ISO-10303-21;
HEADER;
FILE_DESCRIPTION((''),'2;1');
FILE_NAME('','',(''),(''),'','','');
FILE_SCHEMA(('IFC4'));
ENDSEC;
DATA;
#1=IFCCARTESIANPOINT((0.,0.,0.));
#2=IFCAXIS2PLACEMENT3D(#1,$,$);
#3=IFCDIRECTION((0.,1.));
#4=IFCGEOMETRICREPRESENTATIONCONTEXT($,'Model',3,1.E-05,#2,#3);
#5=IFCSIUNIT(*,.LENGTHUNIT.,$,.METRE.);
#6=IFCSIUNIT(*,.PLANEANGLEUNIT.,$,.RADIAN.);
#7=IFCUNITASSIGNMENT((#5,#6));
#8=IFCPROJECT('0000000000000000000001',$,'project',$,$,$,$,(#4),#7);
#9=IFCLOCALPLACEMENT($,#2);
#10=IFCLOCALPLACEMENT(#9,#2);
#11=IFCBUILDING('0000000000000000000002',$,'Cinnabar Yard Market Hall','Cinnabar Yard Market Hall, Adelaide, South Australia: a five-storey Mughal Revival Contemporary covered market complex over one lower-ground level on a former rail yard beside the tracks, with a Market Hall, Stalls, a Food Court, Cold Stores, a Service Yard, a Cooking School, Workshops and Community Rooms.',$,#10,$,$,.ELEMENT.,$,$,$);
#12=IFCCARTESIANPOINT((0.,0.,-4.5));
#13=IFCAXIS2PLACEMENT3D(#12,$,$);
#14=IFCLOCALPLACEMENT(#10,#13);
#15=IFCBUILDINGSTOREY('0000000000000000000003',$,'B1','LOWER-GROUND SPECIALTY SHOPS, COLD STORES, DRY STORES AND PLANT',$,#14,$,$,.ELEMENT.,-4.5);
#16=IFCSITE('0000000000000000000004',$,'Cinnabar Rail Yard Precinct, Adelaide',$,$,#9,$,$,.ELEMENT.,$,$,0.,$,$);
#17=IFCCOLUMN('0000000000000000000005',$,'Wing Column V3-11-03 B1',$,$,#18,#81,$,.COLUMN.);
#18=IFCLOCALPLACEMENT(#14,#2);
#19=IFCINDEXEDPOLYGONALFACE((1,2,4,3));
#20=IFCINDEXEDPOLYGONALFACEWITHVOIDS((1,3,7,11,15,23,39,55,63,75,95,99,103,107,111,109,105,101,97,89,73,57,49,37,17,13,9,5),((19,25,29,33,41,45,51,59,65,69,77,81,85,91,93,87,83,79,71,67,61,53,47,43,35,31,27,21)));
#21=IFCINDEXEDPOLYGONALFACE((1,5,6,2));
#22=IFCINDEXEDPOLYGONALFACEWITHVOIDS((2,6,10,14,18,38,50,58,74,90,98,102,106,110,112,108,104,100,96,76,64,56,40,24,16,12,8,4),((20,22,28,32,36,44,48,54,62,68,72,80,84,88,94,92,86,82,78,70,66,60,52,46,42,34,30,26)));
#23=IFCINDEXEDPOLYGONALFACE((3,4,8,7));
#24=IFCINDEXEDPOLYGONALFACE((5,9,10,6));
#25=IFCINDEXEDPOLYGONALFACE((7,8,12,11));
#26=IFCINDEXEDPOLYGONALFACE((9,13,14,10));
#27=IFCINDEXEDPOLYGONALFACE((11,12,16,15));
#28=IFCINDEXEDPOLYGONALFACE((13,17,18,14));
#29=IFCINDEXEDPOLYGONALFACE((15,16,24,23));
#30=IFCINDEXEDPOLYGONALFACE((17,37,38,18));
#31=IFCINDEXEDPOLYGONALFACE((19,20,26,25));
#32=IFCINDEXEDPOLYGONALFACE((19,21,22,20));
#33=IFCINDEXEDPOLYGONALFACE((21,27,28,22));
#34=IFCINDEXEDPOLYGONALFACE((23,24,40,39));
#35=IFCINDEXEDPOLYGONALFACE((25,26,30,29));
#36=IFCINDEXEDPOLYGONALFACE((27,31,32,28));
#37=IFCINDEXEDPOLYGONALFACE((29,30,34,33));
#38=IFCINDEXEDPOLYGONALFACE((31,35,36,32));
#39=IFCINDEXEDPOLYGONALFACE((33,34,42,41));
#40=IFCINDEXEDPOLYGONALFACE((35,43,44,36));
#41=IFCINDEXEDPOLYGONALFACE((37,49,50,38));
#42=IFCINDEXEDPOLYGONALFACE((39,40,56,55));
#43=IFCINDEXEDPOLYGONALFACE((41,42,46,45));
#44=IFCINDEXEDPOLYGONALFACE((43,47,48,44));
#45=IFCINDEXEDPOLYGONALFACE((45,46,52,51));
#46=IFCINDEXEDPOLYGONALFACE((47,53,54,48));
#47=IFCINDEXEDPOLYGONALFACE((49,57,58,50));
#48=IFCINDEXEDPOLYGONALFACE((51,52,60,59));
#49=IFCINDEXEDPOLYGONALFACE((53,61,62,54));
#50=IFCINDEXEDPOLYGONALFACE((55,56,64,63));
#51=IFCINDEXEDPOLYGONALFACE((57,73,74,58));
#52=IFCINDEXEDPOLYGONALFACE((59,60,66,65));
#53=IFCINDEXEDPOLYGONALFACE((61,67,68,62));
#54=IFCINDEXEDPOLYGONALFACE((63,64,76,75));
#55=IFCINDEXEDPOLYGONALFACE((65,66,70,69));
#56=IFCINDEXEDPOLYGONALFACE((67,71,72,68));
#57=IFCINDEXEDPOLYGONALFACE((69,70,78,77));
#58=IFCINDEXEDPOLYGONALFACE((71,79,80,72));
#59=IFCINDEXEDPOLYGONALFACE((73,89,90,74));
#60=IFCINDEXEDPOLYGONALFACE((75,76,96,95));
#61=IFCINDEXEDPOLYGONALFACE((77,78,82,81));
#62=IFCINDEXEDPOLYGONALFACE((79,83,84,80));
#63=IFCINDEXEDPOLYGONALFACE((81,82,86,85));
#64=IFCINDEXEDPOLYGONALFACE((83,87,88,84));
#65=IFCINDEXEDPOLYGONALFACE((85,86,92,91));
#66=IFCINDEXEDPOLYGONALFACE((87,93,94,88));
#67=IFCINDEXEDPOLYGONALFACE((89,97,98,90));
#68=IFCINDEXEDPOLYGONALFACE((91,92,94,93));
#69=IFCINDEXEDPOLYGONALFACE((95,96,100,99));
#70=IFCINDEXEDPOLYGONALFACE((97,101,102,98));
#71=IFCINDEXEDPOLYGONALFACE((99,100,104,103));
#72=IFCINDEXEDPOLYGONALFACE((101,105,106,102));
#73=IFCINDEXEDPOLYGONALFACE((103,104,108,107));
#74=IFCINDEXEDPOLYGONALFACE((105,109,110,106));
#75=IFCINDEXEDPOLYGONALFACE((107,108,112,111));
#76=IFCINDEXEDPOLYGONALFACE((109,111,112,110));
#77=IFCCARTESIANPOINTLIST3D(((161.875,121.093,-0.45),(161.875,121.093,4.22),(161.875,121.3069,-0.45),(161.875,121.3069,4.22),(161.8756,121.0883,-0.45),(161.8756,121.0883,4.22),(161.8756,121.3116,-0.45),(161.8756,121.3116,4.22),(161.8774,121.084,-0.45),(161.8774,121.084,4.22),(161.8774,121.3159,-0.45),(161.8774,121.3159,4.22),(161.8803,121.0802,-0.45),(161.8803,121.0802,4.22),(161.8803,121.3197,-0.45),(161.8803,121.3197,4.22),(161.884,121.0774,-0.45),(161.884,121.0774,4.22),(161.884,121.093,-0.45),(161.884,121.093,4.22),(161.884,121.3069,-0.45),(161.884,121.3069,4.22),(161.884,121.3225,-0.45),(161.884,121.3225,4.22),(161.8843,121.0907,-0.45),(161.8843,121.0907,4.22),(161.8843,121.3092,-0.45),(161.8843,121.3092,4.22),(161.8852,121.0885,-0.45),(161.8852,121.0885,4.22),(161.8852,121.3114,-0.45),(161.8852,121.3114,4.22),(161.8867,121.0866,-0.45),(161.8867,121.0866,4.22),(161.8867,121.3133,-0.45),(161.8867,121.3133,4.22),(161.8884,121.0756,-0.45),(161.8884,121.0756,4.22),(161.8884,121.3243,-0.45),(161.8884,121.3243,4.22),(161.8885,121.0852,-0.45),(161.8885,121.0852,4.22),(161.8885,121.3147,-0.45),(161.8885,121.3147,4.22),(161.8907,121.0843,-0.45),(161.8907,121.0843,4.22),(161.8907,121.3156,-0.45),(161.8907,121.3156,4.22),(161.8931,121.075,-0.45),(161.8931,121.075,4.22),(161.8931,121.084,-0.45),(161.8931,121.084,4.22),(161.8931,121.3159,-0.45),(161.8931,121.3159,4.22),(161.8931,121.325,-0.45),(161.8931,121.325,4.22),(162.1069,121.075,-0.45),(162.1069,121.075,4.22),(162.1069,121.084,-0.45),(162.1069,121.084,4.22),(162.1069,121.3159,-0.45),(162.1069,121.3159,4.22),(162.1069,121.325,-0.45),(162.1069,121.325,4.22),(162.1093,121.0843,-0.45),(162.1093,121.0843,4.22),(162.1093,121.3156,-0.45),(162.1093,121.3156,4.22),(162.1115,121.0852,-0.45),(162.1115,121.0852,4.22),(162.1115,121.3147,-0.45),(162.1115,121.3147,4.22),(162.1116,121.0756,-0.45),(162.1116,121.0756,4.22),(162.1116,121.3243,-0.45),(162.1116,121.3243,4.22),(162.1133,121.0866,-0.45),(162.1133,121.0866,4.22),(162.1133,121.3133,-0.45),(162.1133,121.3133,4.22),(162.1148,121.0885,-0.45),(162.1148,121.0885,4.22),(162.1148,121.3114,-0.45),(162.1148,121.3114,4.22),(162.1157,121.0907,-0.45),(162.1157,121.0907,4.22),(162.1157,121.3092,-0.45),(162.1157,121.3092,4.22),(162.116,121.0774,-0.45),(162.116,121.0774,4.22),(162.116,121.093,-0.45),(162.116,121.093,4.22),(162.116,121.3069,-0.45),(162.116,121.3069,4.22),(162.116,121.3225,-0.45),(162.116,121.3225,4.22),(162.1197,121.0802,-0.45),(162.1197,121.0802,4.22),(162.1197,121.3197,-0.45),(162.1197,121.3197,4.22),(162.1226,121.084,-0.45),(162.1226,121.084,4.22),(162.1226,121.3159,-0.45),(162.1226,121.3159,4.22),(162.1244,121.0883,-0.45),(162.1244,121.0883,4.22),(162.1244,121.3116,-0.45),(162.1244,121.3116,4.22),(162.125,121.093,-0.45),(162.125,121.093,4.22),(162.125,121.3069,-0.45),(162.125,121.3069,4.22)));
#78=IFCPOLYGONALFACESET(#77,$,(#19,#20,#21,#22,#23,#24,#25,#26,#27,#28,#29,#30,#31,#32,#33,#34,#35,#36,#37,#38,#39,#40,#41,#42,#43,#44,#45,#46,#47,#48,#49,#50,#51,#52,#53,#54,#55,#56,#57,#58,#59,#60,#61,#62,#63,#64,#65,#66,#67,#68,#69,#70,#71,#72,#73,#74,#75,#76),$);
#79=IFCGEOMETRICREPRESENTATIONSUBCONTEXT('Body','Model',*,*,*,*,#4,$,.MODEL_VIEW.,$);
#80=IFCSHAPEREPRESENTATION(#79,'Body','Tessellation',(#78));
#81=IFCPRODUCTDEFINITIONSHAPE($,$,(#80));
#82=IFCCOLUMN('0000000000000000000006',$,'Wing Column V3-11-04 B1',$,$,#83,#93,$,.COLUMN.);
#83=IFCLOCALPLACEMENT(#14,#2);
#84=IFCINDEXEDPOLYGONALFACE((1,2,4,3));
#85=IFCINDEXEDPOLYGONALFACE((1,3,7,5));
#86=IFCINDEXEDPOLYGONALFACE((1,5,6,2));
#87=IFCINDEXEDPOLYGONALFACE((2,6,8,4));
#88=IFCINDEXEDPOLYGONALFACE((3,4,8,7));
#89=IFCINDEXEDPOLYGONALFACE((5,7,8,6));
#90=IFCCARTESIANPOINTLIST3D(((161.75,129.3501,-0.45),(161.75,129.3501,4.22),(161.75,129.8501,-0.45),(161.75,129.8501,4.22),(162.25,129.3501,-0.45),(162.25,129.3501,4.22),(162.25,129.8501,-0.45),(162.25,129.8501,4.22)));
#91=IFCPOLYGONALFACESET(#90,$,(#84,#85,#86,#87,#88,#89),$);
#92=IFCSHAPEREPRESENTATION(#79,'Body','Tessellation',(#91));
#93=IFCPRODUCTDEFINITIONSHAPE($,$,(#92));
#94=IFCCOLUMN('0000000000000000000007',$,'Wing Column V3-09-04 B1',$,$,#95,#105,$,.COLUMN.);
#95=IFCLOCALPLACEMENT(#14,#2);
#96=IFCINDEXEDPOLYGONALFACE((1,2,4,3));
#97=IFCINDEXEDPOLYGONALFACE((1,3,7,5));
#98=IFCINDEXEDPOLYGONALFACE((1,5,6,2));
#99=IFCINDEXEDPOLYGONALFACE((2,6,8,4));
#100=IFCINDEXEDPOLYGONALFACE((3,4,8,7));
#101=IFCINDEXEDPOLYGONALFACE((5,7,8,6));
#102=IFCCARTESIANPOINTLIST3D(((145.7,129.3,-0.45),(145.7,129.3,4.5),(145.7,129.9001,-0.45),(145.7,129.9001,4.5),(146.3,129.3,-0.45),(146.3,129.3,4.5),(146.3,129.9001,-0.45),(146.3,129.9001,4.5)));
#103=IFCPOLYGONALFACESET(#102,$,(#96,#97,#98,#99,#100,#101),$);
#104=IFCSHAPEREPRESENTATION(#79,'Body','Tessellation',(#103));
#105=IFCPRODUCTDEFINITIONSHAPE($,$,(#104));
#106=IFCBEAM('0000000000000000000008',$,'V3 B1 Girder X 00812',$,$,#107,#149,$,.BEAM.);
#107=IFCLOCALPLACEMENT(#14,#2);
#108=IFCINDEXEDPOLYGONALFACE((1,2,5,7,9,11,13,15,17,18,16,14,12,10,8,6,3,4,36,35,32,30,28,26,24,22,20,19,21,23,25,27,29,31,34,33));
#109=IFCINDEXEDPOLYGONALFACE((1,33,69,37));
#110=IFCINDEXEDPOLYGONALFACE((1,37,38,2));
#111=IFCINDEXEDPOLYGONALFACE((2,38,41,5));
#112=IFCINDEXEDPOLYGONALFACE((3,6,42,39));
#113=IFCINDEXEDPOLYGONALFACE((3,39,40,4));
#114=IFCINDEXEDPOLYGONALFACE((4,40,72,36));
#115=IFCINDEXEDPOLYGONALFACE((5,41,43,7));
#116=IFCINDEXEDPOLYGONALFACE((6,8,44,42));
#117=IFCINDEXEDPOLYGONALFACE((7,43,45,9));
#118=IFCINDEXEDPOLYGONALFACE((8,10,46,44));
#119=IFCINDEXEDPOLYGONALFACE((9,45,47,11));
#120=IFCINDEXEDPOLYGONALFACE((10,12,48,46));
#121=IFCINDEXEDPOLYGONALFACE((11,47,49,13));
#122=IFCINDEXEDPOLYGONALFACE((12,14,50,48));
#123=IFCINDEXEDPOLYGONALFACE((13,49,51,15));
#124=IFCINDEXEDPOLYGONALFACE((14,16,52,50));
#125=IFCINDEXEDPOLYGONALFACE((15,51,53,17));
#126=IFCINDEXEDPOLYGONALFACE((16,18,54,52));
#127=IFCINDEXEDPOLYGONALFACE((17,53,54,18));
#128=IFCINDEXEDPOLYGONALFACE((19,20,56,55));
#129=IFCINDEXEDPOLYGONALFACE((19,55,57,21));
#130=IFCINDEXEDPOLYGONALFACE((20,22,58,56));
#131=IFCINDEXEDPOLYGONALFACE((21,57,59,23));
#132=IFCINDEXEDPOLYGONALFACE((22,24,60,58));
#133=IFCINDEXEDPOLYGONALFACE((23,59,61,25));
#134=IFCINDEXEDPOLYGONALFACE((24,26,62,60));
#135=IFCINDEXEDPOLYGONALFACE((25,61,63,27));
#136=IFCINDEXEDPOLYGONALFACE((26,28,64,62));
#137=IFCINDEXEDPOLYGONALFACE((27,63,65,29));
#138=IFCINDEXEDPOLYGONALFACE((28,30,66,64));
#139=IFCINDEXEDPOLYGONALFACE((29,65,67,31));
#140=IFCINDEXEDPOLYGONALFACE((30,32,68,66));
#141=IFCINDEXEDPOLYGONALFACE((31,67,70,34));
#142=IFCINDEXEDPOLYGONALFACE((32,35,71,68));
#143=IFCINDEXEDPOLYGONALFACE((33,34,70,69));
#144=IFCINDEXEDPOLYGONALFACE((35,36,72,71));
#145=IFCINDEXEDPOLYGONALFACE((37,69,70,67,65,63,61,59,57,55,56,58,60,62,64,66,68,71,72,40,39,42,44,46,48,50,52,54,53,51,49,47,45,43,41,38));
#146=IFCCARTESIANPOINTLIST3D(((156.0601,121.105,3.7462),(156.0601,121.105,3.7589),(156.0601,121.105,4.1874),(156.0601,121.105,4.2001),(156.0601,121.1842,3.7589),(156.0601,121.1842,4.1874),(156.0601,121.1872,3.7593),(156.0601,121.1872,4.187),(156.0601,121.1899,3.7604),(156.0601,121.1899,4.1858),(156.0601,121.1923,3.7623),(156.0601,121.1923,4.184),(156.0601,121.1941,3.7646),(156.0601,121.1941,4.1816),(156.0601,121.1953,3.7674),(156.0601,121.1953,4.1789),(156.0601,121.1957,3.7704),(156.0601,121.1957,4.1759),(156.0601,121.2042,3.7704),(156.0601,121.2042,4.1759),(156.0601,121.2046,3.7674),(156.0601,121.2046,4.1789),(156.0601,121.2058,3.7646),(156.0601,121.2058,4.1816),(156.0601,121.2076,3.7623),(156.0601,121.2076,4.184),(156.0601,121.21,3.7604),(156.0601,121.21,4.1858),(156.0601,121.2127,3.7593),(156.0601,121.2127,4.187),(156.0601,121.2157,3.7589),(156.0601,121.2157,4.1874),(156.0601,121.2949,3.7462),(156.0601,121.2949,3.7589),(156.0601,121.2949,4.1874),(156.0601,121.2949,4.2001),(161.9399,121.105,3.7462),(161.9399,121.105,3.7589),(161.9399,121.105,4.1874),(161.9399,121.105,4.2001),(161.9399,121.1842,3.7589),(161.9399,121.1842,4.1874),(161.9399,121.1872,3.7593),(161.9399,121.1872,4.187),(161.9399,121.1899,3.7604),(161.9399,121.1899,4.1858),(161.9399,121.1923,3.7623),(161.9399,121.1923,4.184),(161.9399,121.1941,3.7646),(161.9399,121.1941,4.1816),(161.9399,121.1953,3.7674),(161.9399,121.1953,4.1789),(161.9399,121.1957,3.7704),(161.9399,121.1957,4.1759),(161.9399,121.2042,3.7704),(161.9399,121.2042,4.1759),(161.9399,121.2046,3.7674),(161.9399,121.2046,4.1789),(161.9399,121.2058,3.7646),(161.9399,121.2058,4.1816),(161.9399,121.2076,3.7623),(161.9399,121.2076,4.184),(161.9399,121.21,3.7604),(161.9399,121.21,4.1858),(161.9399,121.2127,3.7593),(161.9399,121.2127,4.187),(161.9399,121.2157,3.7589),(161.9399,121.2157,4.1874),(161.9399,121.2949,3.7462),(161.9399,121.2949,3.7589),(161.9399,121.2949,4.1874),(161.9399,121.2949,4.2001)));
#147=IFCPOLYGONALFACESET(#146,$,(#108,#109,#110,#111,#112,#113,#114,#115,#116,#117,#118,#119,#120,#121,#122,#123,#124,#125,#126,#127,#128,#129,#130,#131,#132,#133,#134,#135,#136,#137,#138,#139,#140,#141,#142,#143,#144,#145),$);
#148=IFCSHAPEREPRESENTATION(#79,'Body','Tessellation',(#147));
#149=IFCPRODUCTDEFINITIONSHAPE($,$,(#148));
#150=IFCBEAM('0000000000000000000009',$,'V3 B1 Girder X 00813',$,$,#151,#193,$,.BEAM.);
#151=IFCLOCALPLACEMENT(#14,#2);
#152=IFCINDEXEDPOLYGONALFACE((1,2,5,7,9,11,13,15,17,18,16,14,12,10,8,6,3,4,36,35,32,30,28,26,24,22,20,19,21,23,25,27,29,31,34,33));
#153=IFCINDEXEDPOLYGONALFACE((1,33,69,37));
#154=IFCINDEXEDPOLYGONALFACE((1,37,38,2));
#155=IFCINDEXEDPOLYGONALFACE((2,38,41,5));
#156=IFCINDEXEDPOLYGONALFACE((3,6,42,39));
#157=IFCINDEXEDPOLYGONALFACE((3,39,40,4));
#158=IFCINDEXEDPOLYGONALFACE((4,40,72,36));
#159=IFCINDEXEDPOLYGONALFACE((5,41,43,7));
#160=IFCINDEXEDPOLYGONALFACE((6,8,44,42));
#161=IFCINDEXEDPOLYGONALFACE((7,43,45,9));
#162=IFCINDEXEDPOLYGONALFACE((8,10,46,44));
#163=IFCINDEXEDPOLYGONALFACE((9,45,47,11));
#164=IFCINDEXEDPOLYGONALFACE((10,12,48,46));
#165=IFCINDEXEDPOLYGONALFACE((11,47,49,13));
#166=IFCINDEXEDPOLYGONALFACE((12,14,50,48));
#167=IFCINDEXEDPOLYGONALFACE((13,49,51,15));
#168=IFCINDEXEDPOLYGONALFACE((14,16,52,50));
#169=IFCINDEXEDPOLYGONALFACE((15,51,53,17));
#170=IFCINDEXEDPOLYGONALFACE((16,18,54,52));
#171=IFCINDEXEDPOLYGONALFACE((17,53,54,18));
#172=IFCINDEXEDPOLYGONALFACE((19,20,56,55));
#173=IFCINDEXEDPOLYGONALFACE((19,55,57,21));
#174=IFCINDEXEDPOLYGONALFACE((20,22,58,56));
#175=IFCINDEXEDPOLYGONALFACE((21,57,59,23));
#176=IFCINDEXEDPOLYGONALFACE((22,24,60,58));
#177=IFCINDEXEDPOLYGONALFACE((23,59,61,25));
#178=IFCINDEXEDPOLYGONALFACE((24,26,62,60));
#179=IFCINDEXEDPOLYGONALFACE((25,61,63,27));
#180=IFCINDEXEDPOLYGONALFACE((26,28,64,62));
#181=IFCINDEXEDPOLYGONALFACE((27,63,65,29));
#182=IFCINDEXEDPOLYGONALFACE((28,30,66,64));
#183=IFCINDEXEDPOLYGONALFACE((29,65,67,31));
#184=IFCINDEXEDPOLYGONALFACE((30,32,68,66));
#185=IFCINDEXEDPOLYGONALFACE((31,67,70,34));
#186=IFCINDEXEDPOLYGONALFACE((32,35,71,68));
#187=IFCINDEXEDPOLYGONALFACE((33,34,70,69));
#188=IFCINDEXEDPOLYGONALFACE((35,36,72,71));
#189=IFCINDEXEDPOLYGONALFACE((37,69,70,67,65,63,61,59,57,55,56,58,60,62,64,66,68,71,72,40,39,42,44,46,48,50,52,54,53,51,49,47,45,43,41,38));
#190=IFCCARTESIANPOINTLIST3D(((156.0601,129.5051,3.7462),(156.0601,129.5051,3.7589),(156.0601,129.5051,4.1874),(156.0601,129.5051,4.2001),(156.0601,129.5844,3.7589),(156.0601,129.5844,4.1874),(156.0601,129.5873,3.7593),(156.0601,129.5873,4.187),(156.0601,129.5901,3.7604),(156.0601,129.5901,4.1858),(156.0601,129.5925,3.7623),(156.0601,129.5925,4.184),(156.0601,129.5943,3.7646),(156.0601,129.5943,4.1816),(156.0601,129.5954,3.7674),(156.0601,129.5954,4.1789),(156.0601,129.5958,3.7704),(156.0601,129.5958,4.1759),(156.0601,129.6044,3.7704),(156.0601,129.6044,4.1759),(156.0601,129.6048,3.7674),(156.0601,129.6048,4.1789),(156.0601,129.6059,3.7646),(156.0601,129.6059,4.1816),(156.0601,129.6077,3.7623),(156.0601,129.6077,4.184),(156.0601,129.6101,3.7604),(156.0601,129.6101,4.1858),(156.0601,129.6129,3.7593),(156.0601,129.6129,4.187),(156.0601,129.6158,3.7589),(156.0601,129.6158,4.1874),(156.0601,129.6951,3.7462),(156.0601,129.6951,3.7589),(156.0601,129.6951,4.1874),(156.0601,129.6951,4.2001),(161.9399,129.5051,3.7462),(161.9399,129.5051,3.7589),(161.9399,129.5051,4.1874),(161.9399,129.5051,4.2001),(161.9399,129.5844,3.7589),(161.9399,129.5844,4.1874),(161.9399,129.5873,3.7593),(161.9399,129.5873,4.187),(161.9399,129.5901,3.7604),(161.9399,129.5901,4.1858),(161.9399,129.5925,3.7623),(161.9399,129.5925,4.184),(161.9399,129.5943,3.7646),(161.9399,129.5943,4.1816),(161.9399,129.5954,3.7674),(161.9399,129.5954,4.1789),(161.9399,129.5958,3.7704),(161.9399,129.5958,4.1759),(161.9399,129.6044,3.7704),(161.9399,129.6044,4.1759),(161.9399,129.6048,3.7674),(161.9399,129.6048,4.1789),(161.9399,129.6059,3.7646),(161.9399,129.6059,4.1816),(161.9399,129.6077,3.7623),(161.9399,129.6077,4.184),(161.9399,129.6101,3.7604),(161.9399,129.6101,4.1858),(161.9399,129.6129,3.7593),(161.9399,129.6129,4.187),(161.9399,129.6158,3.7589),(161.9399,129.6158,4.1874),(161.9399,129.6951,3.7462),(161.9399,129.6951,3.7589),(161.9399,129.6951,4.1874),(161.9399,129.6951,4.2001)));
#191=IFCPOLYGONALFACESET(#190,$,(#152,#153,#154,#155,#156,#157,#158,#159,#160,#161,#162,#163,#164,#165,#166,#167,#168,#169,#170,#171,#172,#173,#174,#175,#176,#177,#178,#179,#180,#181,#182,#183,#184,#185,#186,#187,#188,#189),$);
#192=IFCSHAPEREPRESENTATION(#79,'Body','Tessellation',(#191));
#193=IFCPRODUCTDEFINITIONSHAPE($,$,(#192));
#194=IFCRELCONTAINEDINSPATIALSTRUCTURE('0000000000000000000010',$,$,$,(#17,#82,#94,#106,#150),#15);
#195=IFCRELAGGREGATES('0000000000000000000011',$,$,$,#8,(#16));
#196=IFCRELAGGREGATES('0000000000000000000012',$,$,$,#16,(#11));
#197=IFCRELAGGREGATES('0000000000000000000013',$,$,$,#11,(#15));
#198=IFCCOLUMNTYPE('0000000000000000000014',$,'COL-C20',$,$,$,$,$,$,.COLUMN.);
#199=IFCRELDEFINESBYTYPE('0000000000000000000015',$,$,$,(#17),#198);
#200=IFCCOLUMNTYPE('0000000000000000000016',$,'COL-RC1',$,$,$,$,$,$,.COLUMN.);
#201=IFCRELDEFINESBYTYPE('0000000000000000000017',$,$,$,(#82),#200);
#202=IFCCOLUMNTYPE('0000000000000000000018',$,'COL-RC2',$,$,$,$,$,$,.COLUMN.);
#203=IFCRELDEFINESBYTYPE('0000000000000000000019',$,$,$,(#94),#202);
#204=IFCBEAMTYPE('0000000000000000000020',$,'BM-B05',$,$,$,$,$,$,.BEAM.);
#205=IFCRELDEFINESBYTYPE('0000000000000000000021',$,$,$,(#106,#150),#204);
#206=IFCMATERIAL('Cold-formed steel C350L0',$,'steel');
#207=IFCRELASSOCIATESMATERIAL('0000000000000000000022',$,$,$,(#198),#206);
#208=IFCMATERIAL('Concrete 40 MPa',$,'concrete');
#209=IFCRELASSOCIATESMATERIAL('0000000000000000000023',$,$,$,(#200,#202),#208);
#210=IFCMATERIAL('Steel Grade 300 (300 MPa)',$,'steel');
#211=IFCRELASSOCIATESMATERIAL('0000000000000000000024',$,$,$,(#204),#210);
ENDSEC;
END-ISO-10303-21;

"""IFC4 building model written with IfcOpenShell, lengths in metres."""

from ifc_helpers import new_model, si_unit, direction, frame, origin, origin_2d_with_axis, place, context, subcontext, project, spatial, rectangle, hollow_rectangle, i_section, extrude, material, material_profile, profile_set, type_object, element, save


model = new_model("IFC4")

# Units and contexts
model_context = context("Model", 3, precision=1e-05, world=origin(), true_north=direction((0.0, 1.0)))
body_context = subcontext(model_context, "Body", "Model", "MODEL_VIEW")
ifc_project = project(units=[si_unit("LENGTHUNIT", "METRE"), si_unit("PLANEANGLEUNIT", "RADIAN")], contexts=[model_context])

# Site, building, storey
site_placement = place(None, origin())
site = spatial("IfcSite", under=ifc_project, at=site_placement, Name="Cinnabar Rail Yard Precinct, Adelaide", CompositionType="ELEMENT", RefElevation=0.0)
building_placement = place(site_placement, origin())
building = spatial("IfcBuilding", under=site, at=building_placement, Name="Cinnabar Yard Market Hall", Description="Cinnabar Yard Market Hall, Adelaide, South Australia: a five-storey Mughal Revival Contemporary covered market complex over one lower-ground level on a former rail yard beside the tracks, with a Market Hall, Stalls, a Food Court, Cold Stores, a Service Yard, a Cooking School, Workshops and Community Rooms.", CompositionType="ELEMENT")
storey_placement = place(building_placement, frame((0.0, 0.0, -4.5)))
storey = spatial("IfcBuildingStorey", under=building, at=storey_placement, Name="B1", Description="LOWER-GROUND SPECIALTY SHOPS, COLD STORES, DRY STORES AND PLANT", CompositionType="ELEMENT", Elevation=-4.5)

# Shared definitions
ifc_material_1 = material(Name="Concrete 40 MPa", Category="concrete")

# Columns
ifc_material_2 = material(Name="Steel Grade 300 (300 MPa)", Category="steel")
ifc_material_3 = material(Name="Cold-formed steel C350L0", Category="steel")
ifc_material_profile_1 = material_profile(ifc_material_3, hollow_rectangle(XDim=0.25, YDim=0.25, WallThickness=0.009, InnerFilletRadius=0.009, OuterFilletRadius=0.0181, at=origin_2d_with_axis()), Name="250x250x9.0SHS")
ifc_profile_set_1 = profile_set([ifc_material_profile_1], Name="Cold-formed steel C350L0")
column_type_1 = type_object("IfcColumnType", Name="COL-C20", PredefinedType="COLUMN", material=ifc_profile_set_1)
column_1_placement = place(storey_placement, frame((162.0, 121.2, -0.45), z_axis=(0.0, 0.0, 1.0), x_axis=(1.0, 0.0, 0.0)))
element("IfcColumn", 1, at=column_1_placement, inside=storey, type_object=column_type_1, Name="Wing Column V3-11-03 B1", PredefinedType="COLUMN", context=body_context, shape_type="SweptSolid", body=[
    extrude(hollow_rectangle(XDim=0.25, YDim=0.25, WallThickness=0.009, InnerFilletRadius=0.009, OuterFilletRadius=0.0181, at=origin_2d_with_axis()), origin(), (0.0, 0.0, 1.0), 4.6699),
])
ifc_material_profile_2 = material_profile(ifc_material_1, rectangle(XDim=0.5, YDim=0.5, at=origin_2d_with_axis()), Name="RC-500x500")
ifc_profile_set_2 = profile_set([ifc_material_profile_2], Name="Concrete 40 MPa")
column_type_2 = type_object("IfcColumnType", Name="COL-RC1", PredefinedType="COLUMN", material=ifc_profile_set_2)
column_2_placement = place(storey_placement, frame((162.0, 129.6001, -0.45), z_axis=(0.0, 0.0, 1.0), x_axis=(1.0, 0.0, 0.0)))
element("IfcColumn", 2, at=column_2_placement, inside=storey, type_object=column_type_2, Name="Wing Column V3-11-04 B1", PredefinedType="COLUMN", context=body_context, shape_type="SweptSolid", body=[
    extrude(rectangle(XDim=0.5, YDim=0.5, at=origin_2d_with_axis()), origin(), (0.0, 0.0, 1.0), 4.6699),
])
ifc_material_profile_3 = material_profile(ifc_material_1, rectangle(XDim=0.6001, YDim=0.6001, at=origin_2d_with_axis()), Name="RC-600x600")
ifc_profile_set_3 = profile_set([ifc_material_profile_3], Name="Concrete 40 MPa")
column_type_3 = type_object("IfcColumnType", Name="COL-RC2", PredefinedType="COLUMN", material=ifc_profile_set_3)
column_3_placement = place(storey_placement, frame((146.0, 129.6001, -0.45), z_axis=(0.0, 0.0, 1.0), x_axis=(1.0, 0.0, 0.0)))
element("IfcColumn", 3, at=column_3_placement, inside=storey, type_object=column_type_3, Name="Wing Column V3-09-04 B1", PredefinedType="COLUMN", context=body_context, shape_type="SweptSolid", body=[
    extrude(rectangle(XDim=0.6001, YDim=0.6001, at=origin_2d_with_axis()), origin(), (0.0, 0.0, 1.0), 4.95),
])

# Beams
ifc_material_profile_4 = material_profile(ifc_material_2, i_section(OverallWidth=0.1899, OverallDepth=0.4539, WebThickness=0.0085, FlangeThickness=0.0127, FilletRadius=0.0115, at=origin_2d_with_axis()), Name="460UB67.1")
ifc_profile_set_4 = profile_set([ifc_material_profile_4], Name="Steel Grade 300 (300 MPa)")
beam_type_1 = type_object("IfcBeamType", Name="BM-B05", PredefinedType="BEAM", material=ifc_profile_set_4)
for number, where, z_axis, x_axis, name in (
    (4, (156.0601, 121.2, 3.9731), (1.0, 0.0, 0.0), (0.0, 1.0, 0.0), "V3 B1 Girder X 00812"),
    (5, (156.0601, 129.6001, 3.9731), (1.0, 0.0, 0.0), (0.0, 1.0, 0.0), "V3 B1 Girder X 00813"),
):
    element("IfcBeam", number, at=place(storey_placement, frame(where, z_axis=z_axis, x_axis=x_axis)), inside=storey, type_object=beam_type_1, Name=name, PredefinedType="BEAM", context=body_context, shape_type="SweptSolid", body=[
        extrude(i_section(OverallWidth=0.1899, OverallDepth=0.4539, WebThickness=0.0085, FlangeThickness=0.0127, FilletRadius=0.0115, at=origin_2d_with_axis()), origin(), (0.0, 0.0, 1.0), 5.8799),
    ])

save(model, "model.ifc")
